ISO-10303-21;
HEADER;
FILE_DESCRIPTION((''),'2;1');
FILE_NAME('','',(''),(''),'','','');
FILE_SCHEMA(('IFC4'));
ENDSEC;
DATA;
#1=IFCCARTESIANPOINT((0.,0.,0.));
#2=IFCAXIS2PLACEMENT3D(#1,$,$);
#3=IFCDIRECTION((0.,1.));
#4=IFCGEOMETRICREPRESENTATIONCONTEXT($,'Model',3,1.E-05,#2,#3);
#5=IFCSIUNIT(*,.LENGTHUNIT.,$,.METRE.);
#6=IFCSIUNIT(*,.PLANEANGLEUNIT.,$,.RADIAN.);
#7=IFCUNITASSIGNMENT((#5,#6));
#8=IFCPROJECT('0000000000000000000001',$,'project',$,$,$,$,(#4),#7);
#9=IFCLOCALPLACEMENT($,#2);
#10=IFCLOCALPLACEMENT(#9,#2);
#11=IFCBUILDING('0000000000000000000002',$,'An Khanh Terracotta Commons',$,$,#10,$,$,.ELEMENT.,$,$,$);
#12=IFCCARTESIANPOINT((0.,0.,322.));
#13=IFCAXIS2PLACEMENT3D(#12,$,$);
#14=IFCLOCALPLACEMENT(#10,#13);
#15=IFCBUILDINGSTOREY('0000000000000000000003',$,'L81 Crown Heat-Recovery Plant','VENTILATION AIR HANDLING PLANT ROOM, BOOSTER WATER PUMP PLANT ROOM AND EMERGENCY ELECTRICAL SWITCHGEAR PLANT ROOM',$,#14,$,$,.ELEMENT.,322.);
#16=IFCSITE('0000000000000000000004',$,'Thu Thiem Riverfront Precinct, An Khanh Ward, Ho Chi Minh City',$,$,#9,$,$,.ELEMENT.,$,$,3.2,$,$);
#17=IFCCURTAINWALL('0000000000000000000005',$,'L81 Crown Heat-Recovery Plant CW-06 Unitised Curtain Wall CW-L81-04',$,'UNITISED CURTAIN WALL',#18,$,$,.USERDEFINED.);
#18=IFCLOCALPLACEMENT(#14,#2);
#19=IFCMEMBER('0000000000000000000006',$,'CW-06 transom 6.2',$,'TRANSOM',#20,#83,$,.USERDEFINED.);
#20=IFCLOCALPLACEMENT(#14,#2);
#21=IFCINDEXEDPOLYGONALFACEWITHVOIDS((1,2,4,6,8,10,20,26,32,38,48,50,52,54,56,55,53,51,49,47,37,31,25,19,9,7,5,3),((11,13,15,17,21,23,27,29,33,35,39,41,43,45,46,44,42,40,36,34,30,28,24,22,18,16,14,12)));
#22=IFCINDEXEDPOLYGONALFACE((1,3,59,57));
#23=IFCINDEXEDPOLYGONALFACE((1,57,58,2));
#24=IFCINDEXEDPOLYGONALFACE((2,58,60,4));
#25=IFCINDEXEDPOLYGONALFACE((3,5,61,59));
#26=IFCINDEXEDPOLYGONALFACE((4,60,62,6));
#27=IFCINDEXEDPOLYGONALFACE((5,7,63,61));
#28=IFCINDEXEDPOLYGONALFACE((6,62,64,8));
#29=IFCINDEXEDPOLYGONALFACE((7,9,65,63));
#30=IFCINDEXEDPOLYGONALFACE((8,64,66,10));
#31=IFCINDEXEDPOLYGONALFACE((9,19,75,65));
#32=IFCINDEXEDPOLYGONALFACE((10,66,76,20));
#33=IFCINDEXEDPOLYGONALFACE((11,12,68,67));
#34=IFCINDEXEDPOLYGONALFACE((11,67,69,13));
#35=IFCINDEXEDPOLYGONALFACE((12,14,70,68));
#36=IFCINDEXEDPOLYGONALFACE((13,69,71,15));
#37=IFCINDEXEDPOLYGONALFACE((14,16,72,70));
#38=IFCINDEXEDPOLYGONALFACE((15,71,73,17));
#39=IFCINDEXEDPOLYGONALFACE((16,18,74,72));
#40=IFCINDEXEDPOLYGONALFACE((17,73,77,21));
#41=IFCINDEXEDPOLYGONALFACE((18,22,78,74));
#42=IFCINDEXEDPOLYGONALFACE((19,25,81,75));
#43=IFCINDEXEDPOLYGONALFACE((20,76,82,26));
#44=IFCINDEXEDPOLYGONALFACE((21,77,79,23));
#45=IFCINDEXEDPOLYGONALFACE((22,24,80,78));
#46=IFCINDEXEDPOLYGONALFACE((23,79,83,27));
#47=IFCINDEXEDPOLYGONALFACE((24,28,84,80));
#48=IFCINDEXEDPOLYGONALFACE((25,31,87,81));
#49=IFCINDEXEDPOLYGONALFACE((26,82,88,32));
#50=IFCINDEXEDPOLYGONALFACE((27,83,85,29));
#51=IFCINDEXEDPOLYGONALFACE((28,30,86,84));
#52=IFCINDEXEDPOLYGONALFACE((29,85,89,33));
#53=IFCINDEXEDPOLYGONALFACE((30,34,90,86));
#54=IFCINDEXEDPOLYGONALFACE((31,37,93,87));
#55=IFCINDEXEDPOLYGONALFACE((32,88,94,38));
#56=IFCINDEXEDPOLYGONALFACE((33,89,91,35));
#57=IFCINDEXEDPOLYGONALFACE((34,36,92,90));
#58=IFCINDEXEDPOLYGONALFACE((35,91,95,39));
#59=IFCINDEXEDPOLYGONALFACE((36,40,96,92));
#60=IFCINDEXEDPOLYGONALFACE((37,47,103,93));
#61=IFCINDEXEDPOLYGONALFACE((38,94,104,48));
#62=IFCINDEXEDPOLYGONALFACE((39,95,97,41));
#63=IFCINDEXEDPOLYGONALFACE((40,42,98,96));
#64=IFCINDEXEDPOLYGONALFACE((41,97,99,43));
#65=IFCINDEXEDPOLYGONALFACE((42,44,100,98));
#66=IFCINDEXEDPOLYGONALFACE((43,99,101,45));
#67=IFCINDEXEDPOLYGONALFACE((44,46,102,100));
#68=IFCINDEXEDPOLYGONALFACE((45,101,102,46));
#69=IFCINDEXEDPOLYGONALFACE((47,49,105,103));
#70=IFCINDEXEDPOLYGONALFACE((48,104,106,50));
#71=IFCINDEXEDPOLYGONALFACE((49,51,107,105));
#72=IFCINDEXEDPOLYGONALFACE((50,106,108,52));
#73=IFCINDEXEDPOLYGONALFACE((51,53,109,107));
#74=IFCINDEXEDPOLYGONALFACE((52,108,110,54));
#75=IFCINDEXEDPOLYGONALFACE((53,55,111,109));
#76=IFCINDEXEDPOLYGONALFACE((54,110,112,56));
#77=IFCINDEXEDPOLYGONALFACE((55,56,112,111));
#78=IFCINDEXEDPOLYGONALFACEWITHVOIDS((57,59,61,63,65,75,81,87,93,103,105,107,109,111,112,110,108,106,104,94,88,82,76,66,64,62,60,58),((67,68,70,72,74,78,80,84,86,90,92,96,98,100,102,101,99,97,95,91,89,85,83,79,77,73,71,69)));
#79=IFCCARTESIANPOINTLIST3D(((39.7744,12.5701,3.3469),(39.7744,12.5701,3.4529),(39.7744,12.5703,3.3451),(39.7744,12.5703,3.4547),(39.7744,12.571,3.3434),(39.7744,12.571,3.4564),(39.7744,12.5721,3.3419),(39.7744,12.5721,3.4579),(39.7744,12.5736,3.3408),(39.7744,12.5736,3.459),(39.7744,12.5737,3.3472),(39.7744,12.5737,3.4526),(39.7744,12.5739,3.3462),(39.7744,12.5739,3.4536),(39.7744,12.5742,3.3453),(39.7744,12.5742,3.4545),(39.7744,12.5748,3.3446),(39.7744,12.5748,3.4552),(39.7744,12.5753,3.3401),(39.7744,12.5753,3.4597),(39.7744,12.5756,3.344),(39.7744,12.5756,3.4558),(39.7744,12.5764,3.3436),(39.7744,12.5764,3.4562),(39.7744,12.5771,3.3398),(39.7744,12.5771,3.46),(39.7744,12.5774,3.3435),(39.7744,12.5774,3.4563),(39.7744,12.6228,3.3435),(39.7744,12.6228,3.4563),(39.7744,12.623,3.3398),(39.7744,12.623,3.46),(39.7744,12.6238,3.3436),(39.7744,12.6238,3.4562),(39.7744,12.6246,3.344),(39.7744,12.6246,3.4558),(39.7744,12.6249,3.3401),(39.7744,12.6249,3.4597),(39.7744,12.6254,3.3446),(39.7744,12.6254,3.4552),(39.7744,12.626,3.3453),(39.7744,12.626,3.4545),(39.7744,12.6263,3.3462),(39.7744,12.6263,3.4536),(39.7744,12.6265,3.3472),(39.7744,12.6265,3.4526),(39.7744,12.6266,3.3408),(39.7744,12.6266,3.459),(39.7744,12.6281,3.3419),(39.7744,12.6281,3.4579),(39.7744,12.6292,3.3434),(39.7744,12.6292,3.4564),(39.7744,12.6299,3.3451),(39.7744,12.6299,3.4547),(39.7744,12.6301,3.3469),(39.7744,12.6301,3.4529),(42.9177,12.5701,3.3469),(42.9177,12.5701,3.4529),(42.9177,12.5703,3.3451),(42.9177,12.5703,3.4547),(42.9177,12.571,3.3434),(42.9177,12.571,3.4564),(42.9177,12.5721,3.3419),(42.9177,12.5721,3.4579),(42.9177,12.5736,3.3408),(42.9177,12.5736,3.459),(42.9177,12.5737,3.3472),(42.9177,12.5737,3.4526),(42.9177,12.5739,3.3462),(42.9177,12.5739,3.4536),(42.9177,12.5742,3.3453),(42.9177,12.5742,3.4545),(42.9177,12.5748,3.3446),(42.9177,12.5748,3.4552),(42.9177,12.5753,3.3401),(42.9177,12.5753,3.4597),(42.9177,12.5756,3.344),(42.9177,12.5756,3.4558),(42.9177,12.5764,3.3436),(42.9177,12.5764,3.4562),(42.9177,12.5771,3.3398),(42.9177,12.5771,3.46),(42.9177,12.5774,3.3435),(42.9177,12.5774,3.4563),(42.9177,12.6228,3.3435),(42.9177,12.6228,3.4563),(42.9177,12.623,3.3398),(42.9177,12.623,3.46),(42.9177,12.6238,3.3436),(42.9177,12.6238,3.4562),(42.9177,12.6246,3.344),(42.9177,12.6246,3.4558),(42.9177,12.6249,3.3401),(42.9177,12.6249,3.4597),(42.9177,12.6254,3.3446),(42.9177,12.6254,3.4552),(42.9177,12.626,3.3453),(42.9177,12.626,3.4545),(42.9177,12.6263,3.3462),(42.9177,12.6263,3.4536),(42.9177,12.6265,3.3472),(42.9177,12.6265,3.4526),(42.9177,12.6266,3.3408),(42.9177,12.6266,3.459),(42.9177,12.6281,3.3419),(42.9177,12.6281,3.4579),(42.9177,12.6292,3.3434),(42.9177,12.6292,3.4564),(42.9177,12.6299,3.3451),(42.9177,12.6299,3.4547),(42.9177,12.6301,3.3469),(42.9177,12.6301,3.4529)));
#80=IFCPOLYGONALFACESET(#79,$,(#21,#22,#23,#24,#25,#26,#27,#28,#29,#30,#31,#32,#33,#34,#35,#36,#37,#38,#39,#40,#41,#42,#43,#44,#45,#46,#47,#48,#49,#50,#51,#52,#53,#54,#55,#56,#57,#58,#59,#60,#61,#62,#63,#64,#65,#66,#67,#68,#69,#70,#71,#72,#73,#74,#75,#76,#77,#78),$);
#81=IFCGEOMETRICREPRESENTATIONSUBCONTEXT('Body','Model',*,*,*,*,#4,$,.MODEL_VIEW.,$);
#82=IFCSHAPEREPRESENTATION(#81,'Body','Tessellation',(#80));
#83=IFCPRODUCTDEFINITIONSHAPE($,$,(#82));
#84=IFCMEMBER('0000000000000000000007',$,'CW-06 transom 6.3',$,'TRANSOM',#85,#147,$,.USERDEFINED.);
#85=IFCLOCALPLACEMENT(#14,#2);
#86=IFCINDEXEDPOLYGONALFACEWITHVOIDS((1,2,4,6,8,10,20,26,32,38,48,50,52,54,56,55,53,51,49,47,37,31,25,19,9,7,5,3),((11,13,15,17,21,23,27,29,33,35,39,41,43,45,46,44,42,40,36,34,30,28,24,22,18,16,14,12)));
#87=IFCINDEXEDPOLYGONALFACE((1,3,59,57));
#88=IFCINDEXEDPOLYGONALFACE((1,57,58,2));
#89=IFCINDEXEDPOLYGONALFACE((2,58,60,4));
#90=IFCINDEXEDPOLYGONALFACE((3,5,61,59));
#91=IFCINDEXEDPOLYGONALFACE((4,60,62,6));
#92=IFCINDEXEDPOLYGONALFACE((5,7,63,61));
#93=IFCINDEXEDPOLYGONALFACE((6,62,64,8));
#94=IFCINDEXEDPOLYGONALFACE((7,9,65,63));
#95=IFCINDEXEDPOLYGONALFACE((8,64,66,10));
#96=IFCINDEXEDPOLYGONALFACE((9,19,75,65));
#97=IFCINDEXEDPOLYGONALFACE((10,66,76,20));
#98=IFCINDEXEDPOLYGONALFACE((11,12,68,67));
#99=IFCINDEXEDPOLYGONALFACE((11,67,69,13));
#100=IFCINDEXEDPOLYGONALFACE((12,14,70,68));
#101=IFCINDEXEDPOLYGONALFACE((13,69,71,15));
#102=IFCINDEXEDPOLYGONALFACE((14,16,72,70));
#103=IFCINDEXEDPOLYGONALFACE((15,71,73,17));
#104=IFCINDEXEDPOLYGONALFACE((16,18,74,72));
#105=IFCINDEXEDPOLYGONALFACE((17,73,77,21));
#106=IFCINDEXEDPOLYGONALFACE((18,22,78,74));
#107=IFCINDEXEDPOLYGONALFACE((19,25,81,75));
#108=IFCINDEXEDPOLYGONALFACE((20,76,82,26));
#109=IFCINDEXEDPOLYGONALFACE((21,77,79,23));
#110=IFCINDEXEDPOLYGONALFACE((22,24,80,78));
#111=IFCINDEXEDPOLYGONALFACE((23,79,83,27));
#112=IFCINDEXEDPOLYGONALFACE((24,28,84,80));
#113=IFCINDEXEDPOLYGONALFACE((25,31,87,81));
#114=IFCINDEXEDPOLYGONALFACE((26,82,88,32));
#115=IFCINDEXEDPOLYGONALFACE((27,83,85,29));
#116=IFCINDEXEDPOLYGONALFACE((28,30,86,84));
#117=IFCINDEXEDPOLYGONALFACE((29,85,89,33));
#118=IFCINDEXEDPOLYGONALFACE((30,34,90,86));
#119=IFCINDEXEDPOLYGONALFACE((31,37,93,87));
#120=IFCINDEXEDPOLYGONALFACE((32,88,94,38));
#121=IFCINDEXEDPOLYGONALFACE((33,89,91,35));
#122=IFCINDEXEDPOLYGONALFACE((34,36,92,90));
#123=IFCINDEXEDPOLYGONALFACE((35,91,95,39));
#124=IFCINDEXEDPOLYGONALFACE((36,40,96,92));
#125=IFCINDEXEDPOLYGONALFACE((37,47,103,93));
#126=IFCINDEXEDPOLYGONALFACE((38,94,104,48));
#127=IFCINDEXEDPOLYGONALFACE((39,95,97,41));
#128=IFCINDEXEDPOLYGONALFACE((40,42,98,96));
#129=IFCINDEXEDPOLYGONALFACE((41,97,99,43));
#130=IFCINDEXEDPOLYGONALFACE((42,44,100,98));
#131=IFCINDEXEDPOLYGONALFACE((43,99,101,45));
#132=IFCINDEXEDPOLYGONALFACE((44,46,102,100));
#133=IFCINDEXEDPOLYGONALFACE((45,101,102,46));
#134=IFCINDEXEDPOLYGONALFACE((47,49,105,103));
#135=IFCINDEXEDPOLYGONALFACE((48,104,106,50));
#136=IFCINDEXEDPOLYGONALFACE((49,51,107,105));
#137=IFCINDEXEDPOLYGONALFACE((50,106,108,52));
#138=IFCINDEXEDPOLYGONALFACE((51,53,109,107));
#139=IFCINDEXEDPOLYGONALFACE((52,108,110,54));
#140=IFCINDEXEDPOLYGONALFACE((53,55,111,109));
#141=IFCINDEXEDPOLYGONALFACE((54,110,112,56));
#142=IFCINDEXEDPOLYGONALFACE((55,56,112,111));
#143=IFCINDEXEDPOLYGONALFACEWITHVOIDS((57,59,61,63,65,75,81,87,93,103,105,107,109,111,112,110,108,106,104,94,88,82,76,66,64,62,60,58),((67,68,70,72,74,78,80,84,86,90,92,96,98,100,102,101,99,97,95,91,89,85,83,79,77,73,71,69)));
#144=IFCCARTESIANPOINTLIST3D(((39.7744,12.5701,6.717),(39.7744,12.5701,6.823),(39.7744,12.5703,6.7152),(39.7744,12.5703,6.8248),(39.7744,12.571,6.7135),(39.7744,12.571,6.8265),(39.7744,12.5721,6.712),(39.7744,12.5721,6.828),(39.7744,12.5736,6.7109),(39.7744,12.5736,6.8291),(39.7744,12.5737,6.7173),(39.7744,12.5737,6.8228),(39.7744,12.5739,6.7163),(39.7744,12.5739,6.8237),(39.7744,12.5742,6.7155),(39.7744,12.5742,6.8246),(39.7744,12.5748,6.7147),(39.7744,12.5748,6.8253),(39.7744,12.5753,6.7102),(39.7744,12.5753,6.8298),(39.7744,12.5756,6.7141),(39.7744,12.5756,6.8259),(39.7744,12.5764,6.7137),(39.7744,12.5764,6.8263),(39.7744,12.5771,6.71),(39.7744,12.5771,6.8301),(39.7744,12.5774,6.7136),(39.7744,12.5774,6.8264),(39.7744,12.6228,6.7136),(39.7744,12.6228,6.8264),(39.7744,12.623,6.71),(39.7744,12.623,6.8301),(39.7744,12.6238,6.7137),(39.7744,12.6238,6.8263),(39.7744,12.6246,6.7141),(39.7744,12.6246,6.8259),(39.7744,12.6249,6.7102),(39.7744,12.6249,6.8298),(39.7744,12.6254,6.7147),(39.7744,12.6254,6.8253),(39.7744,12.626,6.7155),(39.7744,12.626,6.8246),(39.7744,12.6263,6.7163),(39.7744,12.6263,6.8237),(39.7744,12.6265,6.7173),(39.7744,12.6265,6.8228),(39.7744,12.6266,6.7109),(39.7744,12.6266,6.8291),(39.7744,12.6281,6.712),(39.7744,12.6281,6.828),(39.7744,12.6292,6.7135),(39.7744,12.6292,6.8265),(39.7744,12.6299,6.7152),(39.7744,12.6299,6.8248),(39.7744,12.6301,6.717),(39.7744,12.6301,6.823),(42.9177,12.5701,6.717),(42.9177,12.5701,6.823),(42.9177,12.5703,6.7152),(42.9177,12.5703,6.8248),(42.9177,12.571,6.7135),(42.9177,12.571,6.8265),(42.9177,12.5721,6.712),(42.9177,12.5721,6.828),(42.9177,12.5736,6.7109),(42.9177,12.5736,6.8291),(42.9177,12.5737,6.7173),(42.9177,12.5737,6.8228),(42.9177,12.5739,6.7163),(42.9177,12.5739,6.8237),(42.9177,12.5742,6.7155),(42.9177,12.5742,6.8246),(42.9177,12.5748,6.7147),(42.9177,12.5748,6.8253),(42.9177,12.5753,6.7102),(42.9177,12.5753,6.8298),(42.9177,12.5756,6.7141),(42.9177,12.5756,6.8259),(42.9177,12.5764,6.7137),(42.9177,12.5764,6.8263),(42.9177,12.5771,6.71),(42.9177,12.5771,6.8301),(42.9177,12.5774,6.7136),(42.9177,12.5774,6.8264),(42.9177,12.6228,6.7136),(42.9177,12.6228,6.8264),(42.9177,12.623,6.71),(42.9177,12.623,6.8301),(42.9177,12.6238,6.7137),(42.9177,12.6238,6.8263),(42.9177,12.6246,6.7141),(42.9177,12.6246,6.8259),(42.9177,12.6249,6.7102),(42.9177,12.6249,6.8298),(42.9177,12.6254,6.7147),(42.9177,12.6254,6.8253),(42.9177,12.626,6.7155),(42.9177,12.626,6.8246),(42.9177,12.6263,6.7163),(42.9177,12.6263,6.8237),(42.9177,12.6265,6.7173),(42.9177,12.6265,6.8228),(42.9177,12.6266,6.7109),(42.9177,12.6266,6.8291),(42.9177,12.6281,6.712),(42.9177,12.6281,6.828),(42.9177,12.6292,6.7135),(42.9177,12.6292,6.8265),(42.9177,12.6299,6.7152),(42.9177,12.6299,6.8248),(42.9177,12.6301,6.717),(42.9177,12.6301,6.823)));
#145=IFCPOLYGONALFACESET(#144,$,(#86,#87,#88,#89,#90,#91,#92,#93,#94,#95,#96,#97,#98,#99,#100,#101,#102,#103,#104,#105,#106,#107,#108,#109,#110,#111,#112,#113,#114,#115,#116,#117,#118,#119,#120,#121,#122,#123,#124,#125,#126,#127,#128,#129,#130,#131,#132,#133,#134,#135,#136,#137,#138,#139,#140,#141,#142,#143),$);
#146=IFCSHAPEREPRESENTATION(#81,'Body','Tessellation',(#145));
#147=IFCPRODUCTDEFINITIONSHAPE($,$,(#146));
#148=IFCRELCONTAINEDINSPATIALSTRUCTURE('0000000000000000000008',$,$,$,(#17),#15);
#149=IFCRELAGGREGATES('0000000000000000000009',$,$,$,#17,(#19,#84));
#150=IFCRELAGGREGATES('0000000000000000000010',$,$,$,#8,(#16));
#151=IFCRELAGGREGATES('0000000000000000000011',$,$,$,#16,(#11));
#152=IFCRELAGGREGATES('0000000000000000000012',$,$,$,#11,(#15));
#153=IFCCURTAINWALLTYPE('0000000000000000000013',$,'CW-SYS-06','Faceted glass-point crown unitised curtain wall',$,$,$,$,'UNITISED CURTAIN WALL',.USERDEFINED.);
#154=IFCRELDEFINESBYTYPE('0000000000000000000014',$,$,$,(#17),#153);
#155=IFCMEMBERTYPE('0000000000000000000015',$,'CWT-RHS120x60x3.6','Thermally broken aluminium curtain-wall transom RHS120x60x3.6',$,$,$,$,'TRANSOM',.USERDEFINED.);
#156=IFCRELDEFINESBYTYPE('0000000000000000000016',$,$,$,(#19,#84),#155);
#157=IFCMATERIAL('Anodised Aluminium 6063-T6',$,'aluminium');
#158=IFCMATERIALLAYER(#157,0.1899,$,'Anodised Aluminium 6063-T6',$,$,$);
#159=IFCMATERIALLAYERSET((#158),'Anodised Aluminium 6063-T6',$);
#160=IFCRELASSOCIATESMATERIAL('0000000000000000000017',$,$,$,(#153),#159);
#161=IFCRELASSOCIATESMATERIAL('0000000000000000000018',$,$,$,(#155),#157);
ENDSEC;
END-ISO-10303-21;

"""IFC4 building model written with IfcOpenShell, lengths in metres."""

from ifc_helpers import new_model, si_unit, direction, frame, origin, origin_2d, place, context, subcontext, project, spatial, hollow_rectangle, extrude, material, layer, layer_set, material_profile, profile_set, type_object, element, aggregate, save


model = new_model("IFC4")

# Units and contexts
model_context = context("Model", 3, precision=1e-05, world=origin(), true_north=direction((0.0, 1.0)))
body_context = subcontext(model_context, "Body", "Model", "MODEL_VIEW")
ifc_project = project(units=[si_unit("LENGTHUNIT", "METRE"), si_unit("PLANEANGLEUNIT", "RADIAN")], contexts=[model_context])

# Site, building, storey
site_placement = place(None, origin())
site = spatial("IfcSite", under=ifc_project, at=site_placement, Name="Thu Thiem Riverfront Precinct, An Khanh Ward, Ho Chi Minh City", CompositionType="ELEMENT", RefElevation=3.2)
building_placement = place(site_placement, origin())
building = spatial("IfcBuilding", under=site, at=building_placement, Name="An Khanh Terracotta Commons", CompositionType="ELEMENT")
storey_placement = place(building_placement, frame((0.0, 0.0, 322.0)))
storey = spatial("IfcBuildingStorey", under=building, at=storey_placement, Name="L81 Crown Heat-Recovery Plant", Description="VENTILATION AIR HANDLING PLANT ROOM, BOOSTER WATER PUMP PLANT ROOM AND EMERGENCY ELECTRICAL SWITCHGEAR PLANT ROOM", CompositionType="ELEMENT", Elevation=322.0)

# Curtain wall, members
ifc_material_1 = material(Name="Anodised Aluminium 6063-T6", Category="aluminium")
ifc_layer_1 = layer(ifc_material_1, 0.1899, Name="Anodised Aluminium 6063-T6")
ifc_layer_set_1 = layer_set([ifc_layer_1], Name="Anodised Aluminium 6063-T6")
curtain_wall_type = type_object("IfcCurtainWallType", Name="CW-SYS-06", Description="Faceted glass-point crown unitised curtain wall", ElementType="UNITISED CURTAIN WALL", PredefinedType="USERDEFINED", material=ifc_layer_set_1)
curtain_wall_placement = place(storey_placement, origin())
curtain_wall = element("IfcCurtainWall", 1, at=curtain_wall_placement, inside=storey, type_object=curtain_wall_type, Name="L81 Crown Heat-Recovery Plant CW-06 Unitised Curtain Wall CW-L81-04", ObjectType="UNITISED CURTAIN WALL", PredefinedType="USERDEFINED")
ifc_material_profile_1 = material_profile(ifc_material_1, hollow_rectangle(XDim=0.0601, YDim=0.1201, WallThickness=0.0037, InnerFilletRadius=0.0037, OuterFilletRadius=0.0071, at=origin_2d()), Name="RHS120x60x3.6")
ifc_profile_set_1 = profile_set([ifc_material_profile_1], Name="Anodised Aluminium 6063-T6")
member_type_1 = type_object("IfcMemberType", Name="CWT-RHS120x60x3.6", Description="Thermally broken aluminium curtain-wall transom RHS120x60x3.6", ElementType="TRANSOM", PredefinedType="USERDEFINED", material=ifc_profile_set_1)
member_1_placement = place(storey_placement, frame((39.7744, 12.6001, 3.3999), z_axis=(1.0, 0.0, 0.0), x_axis=(0.0, 1.0, 0.0)))
member_1 = element("IfcMember", 2, at=member_1_placement, type_object=member_type_1, Name="CW-06 transom 6.2", ObjectType="TRANSOM", PredefinedType="USERDEFINED", context=body_context, shape_type="SweptSolid", body=[
    extrude(hollow_rectangle(XDim=0.0601, YDim=0.1201, WallThickness=0.0037, InnerFilletRadius=0.0037, OuterFilletRadius=0.0071, at=origin_2d()), origin(), (0.0, 0.0, 1.0), 3.1433),
])
member_2_placement = place(storey_placement, frame((39.7744, 12.6001, 6.77), z_axis=(1.0, 0.0, 0.0), x_axis=(0.0, 1.0, 0.0)))
member_2 = element("IfcMember", 3, at=member_2_placement, type_object=member_type_1, Name="CW-06 transom 6.3", ObjectType="TRANSOM", PredefinedType="USERDEFINED", context=body_context, shape_type="SweptSolid", body=[
    extrude(hollow_rectangle(XDim=0.0601, YDim=0.1201, WallThickness=0.0037, InnerFilletRadius=0.0037, OuterFilletRadius=0.0071, at=origin_2d()), origin(), (0.0, 0.0, 1.0), 3.1433),
])
aggregate(curtain_wall, [member_1, member_2])

save(model, "model.ifc")
